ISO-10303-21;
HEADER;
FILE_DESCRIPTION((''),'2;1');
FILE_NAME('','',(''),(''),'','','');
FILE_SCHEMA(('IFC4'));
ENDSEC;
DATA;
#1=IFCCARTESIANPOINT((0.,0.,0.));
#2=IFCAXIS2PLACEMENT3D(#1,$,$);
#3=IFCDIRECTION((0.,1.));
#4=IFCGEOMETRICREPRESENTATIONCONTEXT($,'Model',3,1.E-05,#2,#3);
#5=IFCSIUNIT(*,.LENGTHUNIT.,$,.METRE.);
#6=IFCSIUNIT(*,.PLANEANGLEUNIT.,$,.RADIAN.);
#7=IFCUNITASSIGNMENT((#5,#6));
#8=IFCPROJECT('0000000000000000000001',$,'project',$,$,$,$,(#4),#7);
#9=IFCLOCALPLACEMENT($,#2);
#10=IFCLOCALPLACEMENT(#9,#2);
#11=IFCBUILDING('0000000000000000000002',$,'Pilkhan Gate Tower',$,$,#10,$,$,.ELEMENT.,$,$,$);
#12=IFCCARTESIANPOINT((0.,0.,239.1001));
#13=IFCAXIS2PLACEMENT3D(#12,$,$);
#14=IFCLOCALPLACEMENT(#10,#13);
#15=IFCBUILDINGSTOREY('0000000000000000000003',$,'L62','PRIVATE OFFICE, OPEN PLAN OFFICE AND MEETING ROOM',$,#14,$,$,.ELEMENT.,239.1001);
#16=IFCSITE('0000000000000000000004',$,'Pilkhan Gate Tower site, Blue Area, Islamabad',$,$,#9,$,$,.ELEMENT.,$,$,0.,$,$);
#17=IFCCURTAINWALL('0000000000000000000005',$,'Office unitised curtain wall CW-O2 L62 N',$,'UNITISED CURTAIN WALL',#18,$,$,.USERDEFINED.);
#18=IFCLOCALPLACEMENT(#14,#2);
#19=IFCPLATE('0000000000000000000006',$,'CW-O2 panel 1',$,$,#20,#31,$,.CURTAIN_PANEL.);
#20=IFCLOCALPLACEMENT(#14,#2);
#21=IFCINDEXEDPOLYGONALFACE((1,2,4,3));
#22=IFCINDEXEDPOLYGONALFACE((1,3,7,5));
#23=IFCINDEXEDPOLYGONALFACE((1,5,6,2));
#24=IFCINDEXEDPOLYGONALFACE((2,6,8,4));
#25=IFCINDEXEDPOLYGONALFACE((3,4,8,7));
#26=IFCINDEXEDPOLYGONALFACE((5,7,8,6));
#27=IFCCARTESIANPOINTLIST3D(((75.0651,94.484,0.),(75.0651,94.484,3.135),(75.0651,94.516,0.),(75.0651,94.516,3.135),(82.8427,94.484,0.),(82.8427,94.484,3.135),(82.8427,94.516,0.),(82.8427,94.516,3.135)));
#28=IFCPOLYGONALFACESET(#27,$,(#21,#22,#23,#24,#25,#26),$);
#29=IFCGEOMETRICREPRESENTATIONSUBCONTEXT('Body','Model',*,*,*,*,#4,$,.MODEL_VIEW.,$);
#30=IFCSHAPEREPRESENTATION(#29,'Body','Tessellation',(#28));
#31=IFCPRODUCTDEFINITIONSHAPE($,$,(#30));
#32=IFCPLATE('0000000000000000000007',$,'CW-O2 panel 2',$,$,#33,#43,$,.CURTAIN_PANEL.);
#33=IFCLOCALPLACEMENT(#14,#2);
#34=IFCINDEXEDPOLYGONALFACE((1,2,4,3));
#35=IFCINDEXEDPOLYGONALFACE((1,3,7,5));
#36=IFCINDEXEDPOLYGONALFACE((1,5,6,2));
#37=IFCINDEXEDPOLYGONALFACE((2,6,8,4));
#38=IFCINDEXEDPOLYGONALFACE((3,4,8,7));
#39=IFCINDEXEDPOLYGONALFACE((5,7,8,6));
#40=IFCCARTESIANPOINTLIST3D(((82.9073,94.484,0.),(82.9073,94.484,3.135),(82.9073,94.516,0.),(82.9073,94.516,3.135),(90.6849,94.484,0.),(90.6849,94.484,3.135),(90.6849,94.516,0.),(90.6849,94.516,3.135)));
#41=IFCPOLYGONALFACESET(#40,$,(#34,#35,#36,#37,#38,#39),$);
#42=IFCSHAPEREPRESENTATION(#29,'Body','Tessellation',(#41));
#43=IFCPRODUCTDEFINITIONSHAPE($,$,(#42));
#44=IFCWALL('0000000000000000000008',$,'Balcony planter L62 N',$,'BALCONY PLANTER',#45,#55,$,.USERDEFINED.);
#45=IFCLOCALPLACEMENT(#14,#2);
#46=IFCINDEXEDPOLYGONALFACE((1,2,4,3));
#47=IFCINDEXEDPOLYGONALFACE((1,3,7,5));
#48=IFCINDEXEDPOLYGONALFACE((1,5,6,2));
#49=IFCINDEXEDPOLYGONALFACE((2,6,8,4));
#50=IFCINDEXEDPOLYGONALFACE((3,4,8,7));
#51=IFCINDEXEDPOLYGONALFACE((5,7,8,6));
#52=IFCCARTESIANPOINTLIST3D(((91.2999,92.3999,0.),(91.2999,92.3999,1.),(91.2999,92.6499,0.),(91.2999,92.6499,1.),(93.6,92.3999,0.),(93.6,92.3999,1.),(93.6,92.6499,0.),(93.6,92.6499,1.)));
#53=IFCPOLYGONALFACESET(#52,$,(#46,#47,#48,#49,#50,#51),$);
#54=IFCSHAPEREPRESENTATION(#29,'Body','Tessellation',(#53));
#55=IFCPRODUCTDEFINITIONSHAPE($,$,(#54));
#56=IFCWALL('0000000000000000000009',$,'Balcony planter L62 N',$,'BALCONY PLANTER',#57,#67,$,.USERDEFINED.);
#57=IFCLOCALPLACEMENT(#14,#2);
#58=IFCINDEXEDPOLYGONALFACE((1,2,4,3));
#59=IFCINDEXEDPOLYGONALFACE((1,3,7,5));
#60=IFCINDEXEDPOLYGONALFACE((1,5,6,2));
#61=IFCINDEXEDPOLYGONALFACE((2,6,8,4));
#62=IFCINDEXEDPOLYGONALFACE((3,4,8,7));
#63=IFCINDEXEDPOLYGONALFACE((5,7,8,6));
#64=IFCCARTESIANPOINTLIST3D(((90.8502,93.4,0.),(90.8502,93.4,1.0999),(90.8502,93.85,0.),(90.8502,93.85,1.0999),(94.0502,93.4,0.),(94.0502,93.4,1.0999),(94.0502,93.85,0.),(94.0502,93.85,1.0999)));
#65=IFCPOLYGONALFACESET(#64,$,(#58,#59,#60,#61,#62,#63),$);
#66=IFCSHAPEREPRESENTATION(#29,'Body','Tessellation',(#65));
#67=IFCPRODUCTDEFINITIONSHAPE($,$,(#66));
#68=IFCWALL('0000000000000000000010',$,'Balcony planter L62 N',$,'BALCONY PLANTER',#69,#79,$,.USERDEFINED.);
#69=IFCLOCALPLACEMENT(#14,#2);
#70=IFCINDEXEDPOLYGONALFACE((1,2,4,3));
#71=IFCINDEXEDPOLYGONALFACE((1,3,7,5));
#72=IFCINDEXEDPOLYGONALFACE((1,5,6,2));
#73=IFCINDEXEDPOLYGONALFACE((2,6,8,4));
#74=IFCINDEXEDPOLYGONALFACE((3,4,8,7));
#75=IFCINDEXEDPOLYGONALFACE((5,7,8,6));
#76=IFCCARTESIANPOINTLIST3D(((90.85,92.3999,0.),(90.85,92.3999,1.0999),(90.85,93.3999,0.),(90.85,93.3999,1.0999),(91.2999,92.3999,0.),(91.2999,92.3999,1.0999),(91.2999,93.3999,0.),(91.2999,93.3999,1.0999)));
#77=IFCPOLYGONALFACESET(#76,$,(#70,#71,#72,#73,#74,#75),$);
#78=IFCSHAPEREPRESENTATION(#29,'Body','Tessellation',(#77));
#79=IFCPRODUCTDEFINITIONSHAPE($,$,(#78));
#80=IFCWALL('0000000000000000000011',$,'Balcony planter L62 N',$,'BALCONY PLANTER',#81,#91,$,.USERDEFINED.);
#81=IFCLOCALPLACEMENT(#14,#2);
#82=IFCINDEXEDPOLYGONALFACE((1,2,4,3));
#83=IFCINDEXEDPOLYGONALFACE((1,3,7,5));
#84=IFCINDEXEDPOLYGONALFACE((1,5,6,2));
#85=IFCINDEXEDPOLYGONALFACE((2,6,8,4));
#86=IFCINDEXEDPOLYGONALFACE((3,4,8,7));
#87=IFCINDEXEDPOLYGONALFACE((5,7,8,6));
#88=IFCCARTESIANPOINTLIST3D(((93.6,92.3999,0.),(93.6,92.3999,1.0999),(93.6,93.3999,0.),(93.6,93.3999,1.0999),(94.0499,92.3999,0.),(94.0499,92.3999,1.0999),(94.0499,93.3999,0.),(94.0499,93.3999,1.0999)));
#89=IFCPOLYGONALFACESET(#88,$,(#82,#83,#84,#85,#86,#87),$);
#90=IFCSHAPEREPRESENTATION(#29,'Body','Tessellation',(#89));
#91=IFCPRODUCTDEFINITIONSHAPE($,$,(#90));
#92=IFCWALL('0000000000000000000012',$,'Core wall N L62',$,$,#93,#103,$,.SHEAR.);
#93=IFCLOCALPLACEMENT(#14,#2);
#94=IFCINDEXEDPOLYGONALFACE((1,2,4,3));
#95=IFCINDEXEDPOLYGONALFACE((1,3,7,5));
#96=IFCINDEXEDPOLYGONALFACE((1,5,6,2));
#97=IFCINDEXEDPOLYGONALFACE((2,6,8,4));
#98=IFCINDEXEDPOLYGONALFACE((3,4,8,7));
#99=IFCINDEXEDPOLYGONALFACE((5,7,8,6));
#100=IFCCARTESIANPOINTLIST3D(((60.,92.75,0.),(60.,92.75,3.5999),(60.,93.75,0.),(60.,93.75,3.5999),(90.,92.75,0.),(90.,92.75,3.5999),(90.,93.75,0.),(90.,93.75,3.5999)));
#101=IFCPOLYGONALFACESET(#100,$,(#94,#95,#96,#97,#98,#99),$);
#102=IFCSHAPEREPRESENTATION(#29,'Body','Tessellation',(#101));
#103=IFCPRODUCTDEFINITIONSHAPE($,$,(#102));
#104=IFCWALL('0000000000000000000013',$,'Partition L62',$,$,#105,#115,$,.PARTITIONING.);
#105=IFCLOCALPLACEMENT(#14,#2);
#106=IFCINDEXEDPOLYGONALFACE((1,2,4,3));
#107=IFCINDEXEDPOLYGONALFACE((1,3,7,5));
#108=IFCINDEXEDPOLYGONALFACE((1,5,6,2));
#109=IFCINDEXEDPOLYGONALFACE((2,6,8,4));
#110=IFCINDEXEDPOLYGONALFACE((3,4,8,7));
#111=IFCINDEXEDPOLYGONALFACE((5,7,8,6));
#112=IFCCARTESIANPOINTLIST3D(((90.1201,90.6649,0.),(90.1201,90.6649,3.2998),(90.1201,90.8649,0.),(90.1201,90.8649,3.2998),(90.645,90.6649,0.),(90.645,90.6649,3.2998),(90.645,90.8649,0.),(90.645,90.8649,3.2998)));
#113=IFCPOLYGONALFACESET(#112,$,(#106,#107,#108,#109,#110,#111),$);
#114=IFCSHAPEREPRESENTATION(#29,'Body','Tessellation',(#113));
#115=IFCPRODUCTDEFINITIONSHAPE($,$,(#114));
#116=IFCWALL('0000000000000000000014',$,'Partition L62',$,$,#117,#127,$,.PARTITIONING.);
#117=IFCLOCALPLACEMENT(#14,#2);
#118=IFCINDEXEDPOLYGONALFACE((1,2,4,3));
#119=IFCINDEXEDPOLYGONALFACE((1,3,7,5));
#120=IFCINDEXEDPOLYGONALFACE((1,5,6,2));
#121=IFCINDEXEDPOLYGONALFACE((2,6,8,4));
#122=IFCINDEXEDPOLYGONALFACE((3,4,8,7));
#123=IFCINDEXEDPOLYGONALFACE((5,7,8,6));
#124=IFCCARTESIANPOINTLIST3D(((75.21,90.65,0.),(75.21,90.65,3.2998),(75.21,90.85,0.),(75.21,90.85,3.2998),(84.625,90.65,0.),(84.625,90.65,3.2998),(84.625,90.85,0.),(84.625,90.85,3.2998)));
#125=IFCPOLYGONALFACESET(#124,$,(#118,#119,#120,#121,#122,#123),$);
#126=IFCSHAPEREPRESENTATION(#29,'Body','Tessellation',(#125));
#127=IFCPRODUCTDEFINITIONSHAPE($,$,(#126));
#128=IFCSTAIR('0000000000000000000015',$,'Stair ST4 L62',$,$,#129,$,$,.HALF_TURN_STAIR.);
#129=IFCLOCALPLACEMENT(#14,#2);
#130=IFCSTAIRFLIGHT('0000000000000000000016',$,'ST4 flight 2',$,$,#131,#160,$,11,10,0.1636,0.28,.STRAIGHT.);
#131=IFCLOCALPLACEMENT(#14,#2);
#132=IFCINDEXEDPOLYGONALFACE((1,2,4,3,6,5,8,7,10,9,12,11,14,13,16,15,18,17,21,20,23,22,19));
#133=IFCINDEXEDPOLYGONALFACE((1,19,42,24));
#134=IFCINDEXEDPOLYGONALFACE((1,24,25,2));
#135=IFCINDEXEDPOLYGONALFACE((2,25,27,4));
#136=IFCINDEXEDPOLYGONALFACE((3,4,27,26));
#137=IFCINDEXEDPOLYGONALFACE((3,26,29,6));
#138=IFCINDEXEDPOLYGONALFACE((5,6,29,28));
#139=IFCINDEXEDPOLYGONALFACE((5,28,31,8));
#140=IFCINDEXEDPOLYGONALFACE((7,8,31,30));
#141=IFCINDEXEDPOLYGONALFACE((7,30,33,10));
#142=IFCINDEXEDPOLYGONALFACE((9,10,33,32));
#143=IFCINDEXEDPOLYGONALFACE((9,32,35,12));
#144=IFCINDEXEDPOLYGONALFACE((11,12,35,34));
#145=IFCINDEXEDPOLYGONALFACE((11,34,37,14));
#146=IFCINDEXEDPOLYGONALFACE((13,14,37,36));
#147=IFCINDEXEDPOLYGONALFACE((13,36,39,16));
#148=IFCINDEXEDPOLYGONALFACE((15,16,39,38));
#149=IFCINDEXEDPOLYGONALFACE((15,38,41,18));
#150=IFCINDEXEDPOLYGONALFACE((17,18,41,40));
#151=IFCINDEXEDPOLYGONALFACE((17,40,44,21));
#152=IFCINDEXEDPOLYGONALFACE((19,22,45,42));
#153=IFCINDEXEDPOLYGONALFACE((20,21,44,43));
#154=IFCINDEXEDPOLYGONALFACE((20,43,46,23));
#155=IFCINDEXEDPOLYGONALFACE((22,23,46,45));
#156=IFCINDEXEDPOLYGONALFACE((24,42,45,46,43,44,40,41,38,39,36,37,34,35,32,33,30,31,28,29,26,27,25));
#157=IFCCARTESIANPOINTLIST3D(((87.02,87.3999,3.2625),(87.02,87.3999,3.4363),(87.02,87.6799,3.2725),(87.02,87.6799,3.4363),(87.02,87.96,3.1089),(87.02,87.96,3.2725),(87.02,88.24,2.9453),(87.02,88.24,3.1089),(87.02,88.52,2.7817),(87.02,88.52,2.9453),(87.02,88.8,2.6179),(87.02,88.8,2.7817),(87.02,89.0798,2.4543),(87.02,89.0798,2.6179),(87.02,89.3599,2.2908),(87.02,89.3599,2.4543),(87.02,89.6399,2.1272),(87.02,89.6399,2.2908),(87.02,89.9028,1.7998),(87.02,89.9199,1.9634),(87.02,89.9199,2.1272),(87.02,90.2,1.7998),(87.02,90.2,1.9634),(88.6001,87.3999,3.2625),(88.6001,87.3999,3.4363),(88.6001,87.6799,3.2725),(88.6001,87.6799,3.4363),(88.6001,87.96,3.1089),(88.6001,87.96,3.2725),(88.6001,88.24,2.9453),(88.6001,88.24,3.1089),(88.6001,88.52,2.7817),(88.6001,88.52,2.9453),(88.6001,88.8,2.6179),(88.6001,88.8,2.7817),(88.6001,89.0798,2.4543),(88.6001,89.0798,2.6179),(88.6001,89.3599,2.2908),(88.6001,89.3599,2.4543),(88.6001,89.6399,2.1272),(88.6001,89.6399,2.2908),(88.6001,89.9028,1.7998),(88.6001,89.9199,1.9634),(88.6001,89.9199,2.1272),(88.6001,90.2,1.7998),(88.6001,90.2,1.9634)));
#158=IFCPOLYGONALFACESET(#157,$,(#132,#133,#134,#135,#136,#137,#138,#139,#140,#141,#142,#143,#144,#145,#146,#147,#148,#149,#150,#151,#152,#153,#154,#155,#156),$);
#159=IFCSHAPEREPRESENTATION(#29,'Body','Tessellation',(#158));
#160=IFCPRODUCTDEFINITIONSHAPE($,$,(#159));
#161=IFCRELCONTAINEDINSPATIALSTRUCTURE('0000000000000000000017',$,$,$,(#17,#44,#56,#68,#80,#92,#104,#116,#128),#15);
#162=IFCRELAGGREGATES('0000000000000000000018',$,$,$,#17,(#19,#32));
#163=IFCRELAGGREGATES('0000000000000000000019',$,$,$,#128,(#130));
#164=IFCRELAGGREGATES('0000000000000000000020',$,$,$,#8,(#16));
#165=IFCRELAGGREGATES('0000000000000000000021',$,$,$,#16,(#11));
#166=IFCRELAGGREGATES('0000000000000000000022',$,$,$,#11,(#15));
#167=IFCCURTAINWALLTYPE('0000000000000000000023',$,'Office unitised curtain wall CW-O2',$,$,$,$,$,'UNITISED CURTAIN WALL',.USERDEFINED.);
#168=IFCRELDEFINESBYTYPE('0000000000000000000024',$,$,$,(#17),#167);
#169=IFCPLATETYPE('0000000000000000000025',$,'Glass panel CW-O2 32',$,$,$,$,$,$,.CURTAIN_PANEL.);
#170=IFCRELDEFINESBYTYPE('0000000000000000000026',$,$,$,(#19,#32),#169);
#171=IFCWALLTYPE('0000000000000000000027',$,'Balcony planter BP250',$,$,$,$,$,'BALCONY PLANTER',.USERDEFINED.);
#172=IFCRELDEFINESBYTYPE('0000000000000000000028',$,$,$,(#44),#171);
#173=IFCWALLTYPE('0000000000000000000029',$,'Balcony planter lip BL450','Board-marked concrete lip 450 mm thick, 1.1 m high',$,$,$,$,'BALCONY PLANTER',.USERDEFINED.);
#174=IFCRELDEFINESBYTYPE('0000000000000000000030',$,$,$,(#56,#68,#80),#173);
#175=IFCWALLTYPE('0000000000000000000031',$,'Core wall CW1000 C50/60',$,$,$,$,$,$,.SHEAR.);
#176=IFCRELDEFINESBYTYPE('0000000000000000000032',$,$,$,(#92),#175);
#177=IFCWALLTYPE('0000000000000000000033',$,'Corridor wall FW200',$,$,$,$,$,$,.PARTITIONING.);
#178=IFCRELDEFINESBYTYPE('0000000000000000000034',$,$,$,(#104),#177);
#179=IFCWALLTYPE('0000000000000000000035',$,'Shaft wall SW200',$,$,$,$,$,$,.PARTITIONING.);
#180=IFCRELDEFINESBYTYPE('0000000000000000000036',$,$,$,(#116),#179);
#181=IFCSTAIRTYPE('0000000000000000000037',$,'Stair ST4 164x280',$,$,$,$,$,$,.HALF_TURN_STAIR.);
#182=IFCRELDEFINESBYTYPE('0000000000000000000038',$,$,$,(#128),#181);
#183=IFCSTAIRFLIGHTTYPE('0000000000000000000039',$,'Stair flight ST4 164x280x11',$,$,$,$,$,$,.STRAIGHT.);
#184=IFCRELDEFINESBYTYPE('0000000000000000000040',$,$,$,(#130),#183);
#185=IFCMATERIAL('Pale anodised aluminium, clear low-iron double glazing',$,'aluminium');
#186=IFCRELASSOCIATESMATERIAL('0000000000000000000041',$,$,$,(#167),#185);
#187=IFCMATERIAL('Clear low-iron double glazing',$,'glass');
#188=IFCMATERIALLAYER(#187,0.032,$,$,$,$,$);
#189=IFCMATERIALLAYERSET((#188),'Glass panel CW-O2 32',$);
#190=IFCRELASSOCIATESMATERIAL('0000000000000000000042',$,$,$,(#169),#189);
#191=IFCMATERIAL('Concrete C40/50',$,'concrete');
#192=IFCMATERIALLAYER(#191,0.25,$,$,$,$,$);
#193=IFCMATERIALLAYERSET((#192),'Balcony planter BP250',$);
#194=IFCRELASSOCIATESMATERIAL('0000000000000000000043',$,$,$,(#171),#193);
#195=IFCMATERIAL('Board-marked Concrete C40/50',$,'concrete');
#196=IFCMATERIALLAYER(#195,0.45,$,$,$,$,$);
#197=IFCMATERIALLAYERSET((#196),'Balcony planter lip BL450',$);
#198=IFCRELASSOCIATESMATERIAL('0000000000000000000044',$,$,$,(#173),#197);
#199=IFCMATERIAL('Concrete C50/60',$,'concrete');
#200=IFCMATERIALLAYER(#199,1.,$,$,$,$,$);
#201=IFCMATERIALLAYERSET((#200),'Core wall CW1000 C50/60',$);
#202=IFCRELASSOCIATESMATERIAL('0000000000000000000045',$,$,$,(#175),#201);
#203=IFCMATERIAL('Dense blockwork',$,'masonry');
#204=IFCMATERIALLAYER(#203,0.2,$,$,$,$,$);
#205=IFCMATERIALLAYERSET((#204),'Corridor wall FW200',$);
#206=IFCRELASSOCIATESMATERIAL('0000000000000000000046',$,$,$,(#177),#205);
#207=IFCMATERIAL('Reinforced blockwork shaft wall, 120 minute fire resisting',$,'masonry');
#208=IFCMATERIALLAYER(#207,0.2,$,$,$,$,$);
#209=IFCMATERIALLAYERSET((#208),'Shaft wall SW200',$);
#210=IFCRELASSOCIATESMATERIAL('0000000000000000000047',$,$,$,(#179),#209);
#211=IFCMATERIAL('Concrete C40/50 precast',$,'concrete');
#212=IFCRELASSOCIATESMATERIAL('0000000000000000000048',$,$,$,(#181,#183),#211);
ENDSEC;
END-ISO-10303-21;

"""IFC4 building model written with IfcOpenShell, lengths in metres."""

from ifc_helpers import new_model, si_unit, direction, frame, frame_2d, origin, origin_2d, place, context, subcontext, project, spatial, polyline, rectangle, outline, extrude, material, layer, layer_set, type_object, element, aggregate, save


model = new_model("IFC4")

# Units and contexts
model_context = context("Model", 3, precision=1e-05, world=origin(), true_north=direction((0.0, 1.0)))
body_context = subcontext(model_context, "Body", "Model", "MODEL_VIEW")
ifc_project = project(units=[si_unit("LENGTHUNIT", "METRE"), si_unit("PLANEANGLEUNIT", "RADIAN")], contexts=[model_context])

# Site, building, storey
site_placement = place(None, origin())
site = spatial("IfcSite", under=ifc_project, at=site_placement, Name="Pilkhan Gate Tower site, Blue Area, Islamabad", CompositionType="ELEMENT", RefElevation=0.0)
building_placement = place(site_placement, origin())
building = spatial("IfcBuilding", under=site, at=building_placement, Name="Pilkhan Gate Tower", CompositionType="ELEMENT")
storey_placement = place(building_placement, frame((0.0, 0.0, 239.1001)))
storey = spatial("IfcBuildingStorey", under=building, at=storey_placement, Name="L62", Description="PRIVATE OFFICE, OPEN PLAN OFFICE AND MEETING ROOM", CompositionType="ELEMENT", Elevation=239.1001)

# Shared definitions
ifc_material_1 = material(Name="Concrete C50/60", Category="concrete")

# Shared definitions
ifc_material_2 = material(Name="Pale anodised aluminium, clear low-iron double glazing", Category="aluminium")
curtain_wall_type = type_object("IfcCurtainWallType", Name="Office unitised curtain wall CW-O2", ElementType="UNITISED CURTAIN WALL", PredefinedType="USERDEFINED", material=ifc_material_2)

# Curtain wall
curtain_wall_1_placement = place(storey_placement, origin())
curtain_wall_1 = element("IfcCurtainWall", 1, at=curtain_wall_1_placement, inside=storey, type_object=curtain_wall_type, Name="Office unitised curtain wall CW-O2 L62 N", ObjectType="UNITISED CURTAIN WALL", PredefinedType="USERDEFINED")

# Plates
ifc_material_3 = material(Name="Clear low-iron double glazing", Category="glass")
ifc_layer_1 = layer(ifc_material_3, 0.032)
ifc_layer_set_1 = layer_set([ifc_layer_1], Name="Glass panel CW-O2 32")
plate_type = type_object("IfcPlateType", Name="Glass panel CW-O2 32", PredefinedType="CURTAIN_PANEL", material=ifc_layer_set_1)
plate_1_placement = place(storey_placement, frame((78.9539, 94.5, 0.0), z_axis=(0.0, 0.0, 1.0), x_axis=(1.0, 0.0, 0.0)))
plate_1 = element("IfcPlate", 2, at=plate_1_placement, type_object=plate_type, Name="CW-O2 panel 1", PredefinedType="CURTAIN_PANEL", context=body_context, shape_type="SweptSolid", body=[
    extrude(rectangle(XDim=7.7776, YDim=0.032, at=origin_2d()), origin(), (0.0, 0.0, 1.0), 3.135),
])
plate_2_placement = place(storey_placement, frame((86.7961, 94.5, 0.0), z_axis=(0.0, 0.0, 1.0), x_axis=(1.0, 0.0, 0.0)))
plate_2 = element("IfcPlate", 3, at=plate_2_placement, type_object=plate_type, Name="CW-O2 panel 2", PredefinedType="CURTAIN_PANEL", context=body_context, shape_type="SweptSolid", body=[
    extrude(rectangle(XDim=7.7776, YDim=0.032, at=origin_2d()), origin(), (0.0, 0.0, 1.0), 3.135),
])
aggregate(curtain_wall_1, [plate_1, plate_2])

# Walls
ifc_material_4 = material(Name="Concrete C40/50", Category="concrete")
ifc_layer_2 = layer(ifc_material_4, 0.25)
ifc_layer_set_2 = layer_set([ifc_layer_2], Name="Balcony planter BP250")
wall_type_1 = type_object("IfcWallType", Name="Balcony planter BP250", ElementType="BALCONY PLANTER", PredefinedType="USERDEFINED", material=ifc_layer_set_2)
wall_1_placement = place(storey_placement, frame((91.3, 92.5249, 0.0), z_axis=(0.0, 0.0, 1.0), x_axis=(1.0, 0.0, 0.0)))
element("IfcWall", 4, at=wall_1_placement, inside=storey, type_object=wall_type_1, Name="Balcony planter L62 N", ObjectType="BALCONY PLANTER", PredefinedType="USERDEFINED", context=body_context, shape_type="SweptSolid", body=[
    extrude(rectangle(XDim=2.3, YDim=0.25, at=frame_2d((1.1499, 0.0))), origin(), (0.0, 0.0, 1.0), 1.0),
])
ifc_material_5 = material(Name="Board-marked Concrete C40/50", Category="concrete")
ifc_layer_3 = layer(ifc_material_5, 0.45)
ifc_layer_set_3 = layer_set([ifc_layer_3], Name="Balcony planter lip BL450")
wall_type_2 = type_object("IfcWallType", Name="Balcony planter lip BL450", Description="Board-marked concrete lip 450 mm thick, 1.1 m high", ElementType="BALCONY PLANTER", PredefinedType="USERDEFINED", material=ifc_layer_set_3)
wall_2_placement = place(storey_placement, frame((90.8501, 93.625, 0.0), z_axis=(0.0, 0.0, 1.0), x_axis=(1.0, 0.0, 0.0)))
element("IfcWall", 5, at=wall_2_placement, inside=storey, type_object=wall_type_2, Name="Balcony planter L62 N", ObjectType="BALCONY PLANTER", PredefinedType="USERDEFINED", context=body_context, shape_type="SweptSolid", body=[
    extrude(rectangle(XDim=3.2, YDim=0.45, at=frame_2d((1.6001, 0.0))), origin(), (0.0, 0.0, 1.0), 1.0999),
])
for number, where, z_axis, x_axis, name in (
    (6, (91.075, 92.3999, 0.0), (0.0, 0.0, 1.0), (0.0, 1.0, 0.0), "Balcony planter L62 N"),
    (7, (93.825, 92.3999, 0.0), (0.0, 0.0, 1.0), (0.0, 1.0, 0.0), "Balcony planter L62 N"),
):
    element("IfcWall", number, at=place(storey_placement, frame(where, z_axis=z_axis, x_axis=x_axis)), inside=storey, type_object=wall_type_2, Name=name, ObjectType="BALCONY PLANTER", PredefinedType="USERDEFINED", context=body_context, shape_type="SweptSolid", body=[
        extrude(rectangle(XDim=1.0, YDim=0.45, at=frame_2d((0.5, 0.0))), origin(), (0.0, 0.0, 1.0), 1.0999),
    ])
ifc_layer_4 = layer(ifc_material_1, 1.0)
ifc_layer_set_4 = layer_set([ifc_layer_4], Name="Core wall CW1000 C50/60")
wall_type_3 = type_object("IfcWallType", Name="Core wall CW1000 C50/60", PredefinedType="SHEAR", material=ifc_layer_set_4)
wall_3_placement = place(storey_placement, frame((90.0, 93.25, 0.0), z_axis=(0.0, 0.0, 1.0), x_axis=(-1.0, 0.0, 0.0)))
element("IfcWall", 8, at=wall_3_placement, inside=storey, type_object=wall_type_3, Name="Core wall N L62", PredefinedType="SHEAR", context=body_context, shape_type="SweptSolid", body=[
    extrude(rectangle(XDim=30.0, YDim=1.0, at=frame_2d((15.0, 0.0))), origin(), (0.0, 0.0, 1.0), 3.5999),
])
ifc_material_6 = material(Name="Dense blockwork", Category="masonry")
ifc_layer_5 = layer(ifc_material_6, 0.2)
ifc_layer_set_5 = layer_set([ifc_layer_5], Name="Corridor wall FW200")
wall_type_4 = type_object("IfcWallType", Name="Corridor wall FW200", PredefinedType="PARTITIONING", material=ifc_layer_set_5)
wall_4_placement = place(storey_placement, frame((90.1201, 90.7649, 0.0), z_axis=(0.0, 0.0, 1.0), x_axis=(1.0, 0.0, 0.0)))
element("IfcWall", 9, at=wall_4_placement, inside=storey, type_object=wall_type_4, Name="Partition L62", PredefinedType="PARTITIONING", context=body_context, shape_type="SweptSolid", body=[
    extrude(rectangle(XDim=0.5249, YDim=0.2, at=frame_2d((0.2625, 0.0))), origin(), (0.0, 0.0, 1.0), 3.2998),
])

# Wall
ifc_material_7 = material(Name="Reinforced blockwork shaft wall, 120 minute fire resisting", Category="masonry")
ifc_layer_6 = layer(ifc_material_7, 0.2)
ifc_layer_set_6 = layer_set([ifc_layer_6], Name="Shaft wall SW200")
wall_type_5 = type_object("IfcWallType", Name="Shaft wall SW200", PredefinedType="PARTITIONING", material=ifc_layer_set_6)
wall_5_placement = place(storey_placement, frame((75.21, 90.75, 0.0), z_axis=(0.0, 0.0, 1.0), x_axis=(1.0, 0.0, 0.0)))
element("IfcWall", 10, at=wall_5_placement, inside=storey, type_object=wall_type_5, Name="Partition L62", PredefinedType="PARTITIONING", context=body_context, shape_type="SweptSolid", body=[
    extrude(rectangle(XDim=9.415, YDim=0.2, at=frame_2d((4.7075, 0.0))), origin(), (0.0, 0.0, 1.0), 3.2998),
])

# Stair, stair flight
ifc_material_8 = material(Name="Concrete C40/50 precast", Category="concrete")
stair_type = type_object("IfcStairType", Name="Stair ST4 164x280", PredefinedType="HALF_TURN_STAIR", material=ifc_material_8)
stair_placement = place(storey_placement, origin())
stair = element("IfcStair", 11, at=stair_placement, inside=storey, type_object=stair_type, Name="Stair ST4 L62", PredefinedType="HALF_TURN_STAIR")
stair_flight_type = type_object("IfcStairFlightType", Name="Stair flight ST4 164x280x11", PredefinedType="STRAIGHT", material=ifc_material_8)
stair_flight_placement = place(storey_placement, frame((87.8101, 90.2, 1.7998), z_axis=(0.0, 0.0, 1.0), x_axis=(0.0, -1.0, 0.0)))
stair_flight = element("IfcStairFlight", 12, at=stair_flight_placement, type_object=stair_flight_type, Name="ST4 flight 2", NumberOfRisers=11, NumberOfTreads=10, PredefinedType="STRAIGHT", RiserHeight=0.1636, TreadLength=0.28, context=body_context, shape_type="SweptSolid", body=[
    extrude(outline(polyline([(0.0, 0.0), (0.0, 0.1636), (0.28, 0.1636), (0.28, 0.3274), (0.5601, 0.3274), (0.5601, 0.491), (0.8401, 0.491), (0.8401, 0.6545), (1.1201, 0.6545), (1.1201, 0.8181), (1.3999, 0.8181), (1.3999, 0.9819), (1.6799, 0.9819), (1.6799, 1.1455), (1.96, 1.1455), (1.96, 1.3091), (2.24, 1.3091), (2.24, 1.4727), (2.52, 1.4727), (2.52, 1.6365), (2.8, 1.6365), (2.8, 1.8), (2.8, 1.4626), (0.2971, 0.0), (0.0, 0.0)])), frame((0.0, 0.79, 0.0), z_axis=(0.0, -1.0, 0.0), x_axis=(1.0, 0.0, 0.0)), (0.0, 0.0, 1.0), 1.5801),
])
aggregate(stair, [stair_flight])

save(model, "model.ifc")
